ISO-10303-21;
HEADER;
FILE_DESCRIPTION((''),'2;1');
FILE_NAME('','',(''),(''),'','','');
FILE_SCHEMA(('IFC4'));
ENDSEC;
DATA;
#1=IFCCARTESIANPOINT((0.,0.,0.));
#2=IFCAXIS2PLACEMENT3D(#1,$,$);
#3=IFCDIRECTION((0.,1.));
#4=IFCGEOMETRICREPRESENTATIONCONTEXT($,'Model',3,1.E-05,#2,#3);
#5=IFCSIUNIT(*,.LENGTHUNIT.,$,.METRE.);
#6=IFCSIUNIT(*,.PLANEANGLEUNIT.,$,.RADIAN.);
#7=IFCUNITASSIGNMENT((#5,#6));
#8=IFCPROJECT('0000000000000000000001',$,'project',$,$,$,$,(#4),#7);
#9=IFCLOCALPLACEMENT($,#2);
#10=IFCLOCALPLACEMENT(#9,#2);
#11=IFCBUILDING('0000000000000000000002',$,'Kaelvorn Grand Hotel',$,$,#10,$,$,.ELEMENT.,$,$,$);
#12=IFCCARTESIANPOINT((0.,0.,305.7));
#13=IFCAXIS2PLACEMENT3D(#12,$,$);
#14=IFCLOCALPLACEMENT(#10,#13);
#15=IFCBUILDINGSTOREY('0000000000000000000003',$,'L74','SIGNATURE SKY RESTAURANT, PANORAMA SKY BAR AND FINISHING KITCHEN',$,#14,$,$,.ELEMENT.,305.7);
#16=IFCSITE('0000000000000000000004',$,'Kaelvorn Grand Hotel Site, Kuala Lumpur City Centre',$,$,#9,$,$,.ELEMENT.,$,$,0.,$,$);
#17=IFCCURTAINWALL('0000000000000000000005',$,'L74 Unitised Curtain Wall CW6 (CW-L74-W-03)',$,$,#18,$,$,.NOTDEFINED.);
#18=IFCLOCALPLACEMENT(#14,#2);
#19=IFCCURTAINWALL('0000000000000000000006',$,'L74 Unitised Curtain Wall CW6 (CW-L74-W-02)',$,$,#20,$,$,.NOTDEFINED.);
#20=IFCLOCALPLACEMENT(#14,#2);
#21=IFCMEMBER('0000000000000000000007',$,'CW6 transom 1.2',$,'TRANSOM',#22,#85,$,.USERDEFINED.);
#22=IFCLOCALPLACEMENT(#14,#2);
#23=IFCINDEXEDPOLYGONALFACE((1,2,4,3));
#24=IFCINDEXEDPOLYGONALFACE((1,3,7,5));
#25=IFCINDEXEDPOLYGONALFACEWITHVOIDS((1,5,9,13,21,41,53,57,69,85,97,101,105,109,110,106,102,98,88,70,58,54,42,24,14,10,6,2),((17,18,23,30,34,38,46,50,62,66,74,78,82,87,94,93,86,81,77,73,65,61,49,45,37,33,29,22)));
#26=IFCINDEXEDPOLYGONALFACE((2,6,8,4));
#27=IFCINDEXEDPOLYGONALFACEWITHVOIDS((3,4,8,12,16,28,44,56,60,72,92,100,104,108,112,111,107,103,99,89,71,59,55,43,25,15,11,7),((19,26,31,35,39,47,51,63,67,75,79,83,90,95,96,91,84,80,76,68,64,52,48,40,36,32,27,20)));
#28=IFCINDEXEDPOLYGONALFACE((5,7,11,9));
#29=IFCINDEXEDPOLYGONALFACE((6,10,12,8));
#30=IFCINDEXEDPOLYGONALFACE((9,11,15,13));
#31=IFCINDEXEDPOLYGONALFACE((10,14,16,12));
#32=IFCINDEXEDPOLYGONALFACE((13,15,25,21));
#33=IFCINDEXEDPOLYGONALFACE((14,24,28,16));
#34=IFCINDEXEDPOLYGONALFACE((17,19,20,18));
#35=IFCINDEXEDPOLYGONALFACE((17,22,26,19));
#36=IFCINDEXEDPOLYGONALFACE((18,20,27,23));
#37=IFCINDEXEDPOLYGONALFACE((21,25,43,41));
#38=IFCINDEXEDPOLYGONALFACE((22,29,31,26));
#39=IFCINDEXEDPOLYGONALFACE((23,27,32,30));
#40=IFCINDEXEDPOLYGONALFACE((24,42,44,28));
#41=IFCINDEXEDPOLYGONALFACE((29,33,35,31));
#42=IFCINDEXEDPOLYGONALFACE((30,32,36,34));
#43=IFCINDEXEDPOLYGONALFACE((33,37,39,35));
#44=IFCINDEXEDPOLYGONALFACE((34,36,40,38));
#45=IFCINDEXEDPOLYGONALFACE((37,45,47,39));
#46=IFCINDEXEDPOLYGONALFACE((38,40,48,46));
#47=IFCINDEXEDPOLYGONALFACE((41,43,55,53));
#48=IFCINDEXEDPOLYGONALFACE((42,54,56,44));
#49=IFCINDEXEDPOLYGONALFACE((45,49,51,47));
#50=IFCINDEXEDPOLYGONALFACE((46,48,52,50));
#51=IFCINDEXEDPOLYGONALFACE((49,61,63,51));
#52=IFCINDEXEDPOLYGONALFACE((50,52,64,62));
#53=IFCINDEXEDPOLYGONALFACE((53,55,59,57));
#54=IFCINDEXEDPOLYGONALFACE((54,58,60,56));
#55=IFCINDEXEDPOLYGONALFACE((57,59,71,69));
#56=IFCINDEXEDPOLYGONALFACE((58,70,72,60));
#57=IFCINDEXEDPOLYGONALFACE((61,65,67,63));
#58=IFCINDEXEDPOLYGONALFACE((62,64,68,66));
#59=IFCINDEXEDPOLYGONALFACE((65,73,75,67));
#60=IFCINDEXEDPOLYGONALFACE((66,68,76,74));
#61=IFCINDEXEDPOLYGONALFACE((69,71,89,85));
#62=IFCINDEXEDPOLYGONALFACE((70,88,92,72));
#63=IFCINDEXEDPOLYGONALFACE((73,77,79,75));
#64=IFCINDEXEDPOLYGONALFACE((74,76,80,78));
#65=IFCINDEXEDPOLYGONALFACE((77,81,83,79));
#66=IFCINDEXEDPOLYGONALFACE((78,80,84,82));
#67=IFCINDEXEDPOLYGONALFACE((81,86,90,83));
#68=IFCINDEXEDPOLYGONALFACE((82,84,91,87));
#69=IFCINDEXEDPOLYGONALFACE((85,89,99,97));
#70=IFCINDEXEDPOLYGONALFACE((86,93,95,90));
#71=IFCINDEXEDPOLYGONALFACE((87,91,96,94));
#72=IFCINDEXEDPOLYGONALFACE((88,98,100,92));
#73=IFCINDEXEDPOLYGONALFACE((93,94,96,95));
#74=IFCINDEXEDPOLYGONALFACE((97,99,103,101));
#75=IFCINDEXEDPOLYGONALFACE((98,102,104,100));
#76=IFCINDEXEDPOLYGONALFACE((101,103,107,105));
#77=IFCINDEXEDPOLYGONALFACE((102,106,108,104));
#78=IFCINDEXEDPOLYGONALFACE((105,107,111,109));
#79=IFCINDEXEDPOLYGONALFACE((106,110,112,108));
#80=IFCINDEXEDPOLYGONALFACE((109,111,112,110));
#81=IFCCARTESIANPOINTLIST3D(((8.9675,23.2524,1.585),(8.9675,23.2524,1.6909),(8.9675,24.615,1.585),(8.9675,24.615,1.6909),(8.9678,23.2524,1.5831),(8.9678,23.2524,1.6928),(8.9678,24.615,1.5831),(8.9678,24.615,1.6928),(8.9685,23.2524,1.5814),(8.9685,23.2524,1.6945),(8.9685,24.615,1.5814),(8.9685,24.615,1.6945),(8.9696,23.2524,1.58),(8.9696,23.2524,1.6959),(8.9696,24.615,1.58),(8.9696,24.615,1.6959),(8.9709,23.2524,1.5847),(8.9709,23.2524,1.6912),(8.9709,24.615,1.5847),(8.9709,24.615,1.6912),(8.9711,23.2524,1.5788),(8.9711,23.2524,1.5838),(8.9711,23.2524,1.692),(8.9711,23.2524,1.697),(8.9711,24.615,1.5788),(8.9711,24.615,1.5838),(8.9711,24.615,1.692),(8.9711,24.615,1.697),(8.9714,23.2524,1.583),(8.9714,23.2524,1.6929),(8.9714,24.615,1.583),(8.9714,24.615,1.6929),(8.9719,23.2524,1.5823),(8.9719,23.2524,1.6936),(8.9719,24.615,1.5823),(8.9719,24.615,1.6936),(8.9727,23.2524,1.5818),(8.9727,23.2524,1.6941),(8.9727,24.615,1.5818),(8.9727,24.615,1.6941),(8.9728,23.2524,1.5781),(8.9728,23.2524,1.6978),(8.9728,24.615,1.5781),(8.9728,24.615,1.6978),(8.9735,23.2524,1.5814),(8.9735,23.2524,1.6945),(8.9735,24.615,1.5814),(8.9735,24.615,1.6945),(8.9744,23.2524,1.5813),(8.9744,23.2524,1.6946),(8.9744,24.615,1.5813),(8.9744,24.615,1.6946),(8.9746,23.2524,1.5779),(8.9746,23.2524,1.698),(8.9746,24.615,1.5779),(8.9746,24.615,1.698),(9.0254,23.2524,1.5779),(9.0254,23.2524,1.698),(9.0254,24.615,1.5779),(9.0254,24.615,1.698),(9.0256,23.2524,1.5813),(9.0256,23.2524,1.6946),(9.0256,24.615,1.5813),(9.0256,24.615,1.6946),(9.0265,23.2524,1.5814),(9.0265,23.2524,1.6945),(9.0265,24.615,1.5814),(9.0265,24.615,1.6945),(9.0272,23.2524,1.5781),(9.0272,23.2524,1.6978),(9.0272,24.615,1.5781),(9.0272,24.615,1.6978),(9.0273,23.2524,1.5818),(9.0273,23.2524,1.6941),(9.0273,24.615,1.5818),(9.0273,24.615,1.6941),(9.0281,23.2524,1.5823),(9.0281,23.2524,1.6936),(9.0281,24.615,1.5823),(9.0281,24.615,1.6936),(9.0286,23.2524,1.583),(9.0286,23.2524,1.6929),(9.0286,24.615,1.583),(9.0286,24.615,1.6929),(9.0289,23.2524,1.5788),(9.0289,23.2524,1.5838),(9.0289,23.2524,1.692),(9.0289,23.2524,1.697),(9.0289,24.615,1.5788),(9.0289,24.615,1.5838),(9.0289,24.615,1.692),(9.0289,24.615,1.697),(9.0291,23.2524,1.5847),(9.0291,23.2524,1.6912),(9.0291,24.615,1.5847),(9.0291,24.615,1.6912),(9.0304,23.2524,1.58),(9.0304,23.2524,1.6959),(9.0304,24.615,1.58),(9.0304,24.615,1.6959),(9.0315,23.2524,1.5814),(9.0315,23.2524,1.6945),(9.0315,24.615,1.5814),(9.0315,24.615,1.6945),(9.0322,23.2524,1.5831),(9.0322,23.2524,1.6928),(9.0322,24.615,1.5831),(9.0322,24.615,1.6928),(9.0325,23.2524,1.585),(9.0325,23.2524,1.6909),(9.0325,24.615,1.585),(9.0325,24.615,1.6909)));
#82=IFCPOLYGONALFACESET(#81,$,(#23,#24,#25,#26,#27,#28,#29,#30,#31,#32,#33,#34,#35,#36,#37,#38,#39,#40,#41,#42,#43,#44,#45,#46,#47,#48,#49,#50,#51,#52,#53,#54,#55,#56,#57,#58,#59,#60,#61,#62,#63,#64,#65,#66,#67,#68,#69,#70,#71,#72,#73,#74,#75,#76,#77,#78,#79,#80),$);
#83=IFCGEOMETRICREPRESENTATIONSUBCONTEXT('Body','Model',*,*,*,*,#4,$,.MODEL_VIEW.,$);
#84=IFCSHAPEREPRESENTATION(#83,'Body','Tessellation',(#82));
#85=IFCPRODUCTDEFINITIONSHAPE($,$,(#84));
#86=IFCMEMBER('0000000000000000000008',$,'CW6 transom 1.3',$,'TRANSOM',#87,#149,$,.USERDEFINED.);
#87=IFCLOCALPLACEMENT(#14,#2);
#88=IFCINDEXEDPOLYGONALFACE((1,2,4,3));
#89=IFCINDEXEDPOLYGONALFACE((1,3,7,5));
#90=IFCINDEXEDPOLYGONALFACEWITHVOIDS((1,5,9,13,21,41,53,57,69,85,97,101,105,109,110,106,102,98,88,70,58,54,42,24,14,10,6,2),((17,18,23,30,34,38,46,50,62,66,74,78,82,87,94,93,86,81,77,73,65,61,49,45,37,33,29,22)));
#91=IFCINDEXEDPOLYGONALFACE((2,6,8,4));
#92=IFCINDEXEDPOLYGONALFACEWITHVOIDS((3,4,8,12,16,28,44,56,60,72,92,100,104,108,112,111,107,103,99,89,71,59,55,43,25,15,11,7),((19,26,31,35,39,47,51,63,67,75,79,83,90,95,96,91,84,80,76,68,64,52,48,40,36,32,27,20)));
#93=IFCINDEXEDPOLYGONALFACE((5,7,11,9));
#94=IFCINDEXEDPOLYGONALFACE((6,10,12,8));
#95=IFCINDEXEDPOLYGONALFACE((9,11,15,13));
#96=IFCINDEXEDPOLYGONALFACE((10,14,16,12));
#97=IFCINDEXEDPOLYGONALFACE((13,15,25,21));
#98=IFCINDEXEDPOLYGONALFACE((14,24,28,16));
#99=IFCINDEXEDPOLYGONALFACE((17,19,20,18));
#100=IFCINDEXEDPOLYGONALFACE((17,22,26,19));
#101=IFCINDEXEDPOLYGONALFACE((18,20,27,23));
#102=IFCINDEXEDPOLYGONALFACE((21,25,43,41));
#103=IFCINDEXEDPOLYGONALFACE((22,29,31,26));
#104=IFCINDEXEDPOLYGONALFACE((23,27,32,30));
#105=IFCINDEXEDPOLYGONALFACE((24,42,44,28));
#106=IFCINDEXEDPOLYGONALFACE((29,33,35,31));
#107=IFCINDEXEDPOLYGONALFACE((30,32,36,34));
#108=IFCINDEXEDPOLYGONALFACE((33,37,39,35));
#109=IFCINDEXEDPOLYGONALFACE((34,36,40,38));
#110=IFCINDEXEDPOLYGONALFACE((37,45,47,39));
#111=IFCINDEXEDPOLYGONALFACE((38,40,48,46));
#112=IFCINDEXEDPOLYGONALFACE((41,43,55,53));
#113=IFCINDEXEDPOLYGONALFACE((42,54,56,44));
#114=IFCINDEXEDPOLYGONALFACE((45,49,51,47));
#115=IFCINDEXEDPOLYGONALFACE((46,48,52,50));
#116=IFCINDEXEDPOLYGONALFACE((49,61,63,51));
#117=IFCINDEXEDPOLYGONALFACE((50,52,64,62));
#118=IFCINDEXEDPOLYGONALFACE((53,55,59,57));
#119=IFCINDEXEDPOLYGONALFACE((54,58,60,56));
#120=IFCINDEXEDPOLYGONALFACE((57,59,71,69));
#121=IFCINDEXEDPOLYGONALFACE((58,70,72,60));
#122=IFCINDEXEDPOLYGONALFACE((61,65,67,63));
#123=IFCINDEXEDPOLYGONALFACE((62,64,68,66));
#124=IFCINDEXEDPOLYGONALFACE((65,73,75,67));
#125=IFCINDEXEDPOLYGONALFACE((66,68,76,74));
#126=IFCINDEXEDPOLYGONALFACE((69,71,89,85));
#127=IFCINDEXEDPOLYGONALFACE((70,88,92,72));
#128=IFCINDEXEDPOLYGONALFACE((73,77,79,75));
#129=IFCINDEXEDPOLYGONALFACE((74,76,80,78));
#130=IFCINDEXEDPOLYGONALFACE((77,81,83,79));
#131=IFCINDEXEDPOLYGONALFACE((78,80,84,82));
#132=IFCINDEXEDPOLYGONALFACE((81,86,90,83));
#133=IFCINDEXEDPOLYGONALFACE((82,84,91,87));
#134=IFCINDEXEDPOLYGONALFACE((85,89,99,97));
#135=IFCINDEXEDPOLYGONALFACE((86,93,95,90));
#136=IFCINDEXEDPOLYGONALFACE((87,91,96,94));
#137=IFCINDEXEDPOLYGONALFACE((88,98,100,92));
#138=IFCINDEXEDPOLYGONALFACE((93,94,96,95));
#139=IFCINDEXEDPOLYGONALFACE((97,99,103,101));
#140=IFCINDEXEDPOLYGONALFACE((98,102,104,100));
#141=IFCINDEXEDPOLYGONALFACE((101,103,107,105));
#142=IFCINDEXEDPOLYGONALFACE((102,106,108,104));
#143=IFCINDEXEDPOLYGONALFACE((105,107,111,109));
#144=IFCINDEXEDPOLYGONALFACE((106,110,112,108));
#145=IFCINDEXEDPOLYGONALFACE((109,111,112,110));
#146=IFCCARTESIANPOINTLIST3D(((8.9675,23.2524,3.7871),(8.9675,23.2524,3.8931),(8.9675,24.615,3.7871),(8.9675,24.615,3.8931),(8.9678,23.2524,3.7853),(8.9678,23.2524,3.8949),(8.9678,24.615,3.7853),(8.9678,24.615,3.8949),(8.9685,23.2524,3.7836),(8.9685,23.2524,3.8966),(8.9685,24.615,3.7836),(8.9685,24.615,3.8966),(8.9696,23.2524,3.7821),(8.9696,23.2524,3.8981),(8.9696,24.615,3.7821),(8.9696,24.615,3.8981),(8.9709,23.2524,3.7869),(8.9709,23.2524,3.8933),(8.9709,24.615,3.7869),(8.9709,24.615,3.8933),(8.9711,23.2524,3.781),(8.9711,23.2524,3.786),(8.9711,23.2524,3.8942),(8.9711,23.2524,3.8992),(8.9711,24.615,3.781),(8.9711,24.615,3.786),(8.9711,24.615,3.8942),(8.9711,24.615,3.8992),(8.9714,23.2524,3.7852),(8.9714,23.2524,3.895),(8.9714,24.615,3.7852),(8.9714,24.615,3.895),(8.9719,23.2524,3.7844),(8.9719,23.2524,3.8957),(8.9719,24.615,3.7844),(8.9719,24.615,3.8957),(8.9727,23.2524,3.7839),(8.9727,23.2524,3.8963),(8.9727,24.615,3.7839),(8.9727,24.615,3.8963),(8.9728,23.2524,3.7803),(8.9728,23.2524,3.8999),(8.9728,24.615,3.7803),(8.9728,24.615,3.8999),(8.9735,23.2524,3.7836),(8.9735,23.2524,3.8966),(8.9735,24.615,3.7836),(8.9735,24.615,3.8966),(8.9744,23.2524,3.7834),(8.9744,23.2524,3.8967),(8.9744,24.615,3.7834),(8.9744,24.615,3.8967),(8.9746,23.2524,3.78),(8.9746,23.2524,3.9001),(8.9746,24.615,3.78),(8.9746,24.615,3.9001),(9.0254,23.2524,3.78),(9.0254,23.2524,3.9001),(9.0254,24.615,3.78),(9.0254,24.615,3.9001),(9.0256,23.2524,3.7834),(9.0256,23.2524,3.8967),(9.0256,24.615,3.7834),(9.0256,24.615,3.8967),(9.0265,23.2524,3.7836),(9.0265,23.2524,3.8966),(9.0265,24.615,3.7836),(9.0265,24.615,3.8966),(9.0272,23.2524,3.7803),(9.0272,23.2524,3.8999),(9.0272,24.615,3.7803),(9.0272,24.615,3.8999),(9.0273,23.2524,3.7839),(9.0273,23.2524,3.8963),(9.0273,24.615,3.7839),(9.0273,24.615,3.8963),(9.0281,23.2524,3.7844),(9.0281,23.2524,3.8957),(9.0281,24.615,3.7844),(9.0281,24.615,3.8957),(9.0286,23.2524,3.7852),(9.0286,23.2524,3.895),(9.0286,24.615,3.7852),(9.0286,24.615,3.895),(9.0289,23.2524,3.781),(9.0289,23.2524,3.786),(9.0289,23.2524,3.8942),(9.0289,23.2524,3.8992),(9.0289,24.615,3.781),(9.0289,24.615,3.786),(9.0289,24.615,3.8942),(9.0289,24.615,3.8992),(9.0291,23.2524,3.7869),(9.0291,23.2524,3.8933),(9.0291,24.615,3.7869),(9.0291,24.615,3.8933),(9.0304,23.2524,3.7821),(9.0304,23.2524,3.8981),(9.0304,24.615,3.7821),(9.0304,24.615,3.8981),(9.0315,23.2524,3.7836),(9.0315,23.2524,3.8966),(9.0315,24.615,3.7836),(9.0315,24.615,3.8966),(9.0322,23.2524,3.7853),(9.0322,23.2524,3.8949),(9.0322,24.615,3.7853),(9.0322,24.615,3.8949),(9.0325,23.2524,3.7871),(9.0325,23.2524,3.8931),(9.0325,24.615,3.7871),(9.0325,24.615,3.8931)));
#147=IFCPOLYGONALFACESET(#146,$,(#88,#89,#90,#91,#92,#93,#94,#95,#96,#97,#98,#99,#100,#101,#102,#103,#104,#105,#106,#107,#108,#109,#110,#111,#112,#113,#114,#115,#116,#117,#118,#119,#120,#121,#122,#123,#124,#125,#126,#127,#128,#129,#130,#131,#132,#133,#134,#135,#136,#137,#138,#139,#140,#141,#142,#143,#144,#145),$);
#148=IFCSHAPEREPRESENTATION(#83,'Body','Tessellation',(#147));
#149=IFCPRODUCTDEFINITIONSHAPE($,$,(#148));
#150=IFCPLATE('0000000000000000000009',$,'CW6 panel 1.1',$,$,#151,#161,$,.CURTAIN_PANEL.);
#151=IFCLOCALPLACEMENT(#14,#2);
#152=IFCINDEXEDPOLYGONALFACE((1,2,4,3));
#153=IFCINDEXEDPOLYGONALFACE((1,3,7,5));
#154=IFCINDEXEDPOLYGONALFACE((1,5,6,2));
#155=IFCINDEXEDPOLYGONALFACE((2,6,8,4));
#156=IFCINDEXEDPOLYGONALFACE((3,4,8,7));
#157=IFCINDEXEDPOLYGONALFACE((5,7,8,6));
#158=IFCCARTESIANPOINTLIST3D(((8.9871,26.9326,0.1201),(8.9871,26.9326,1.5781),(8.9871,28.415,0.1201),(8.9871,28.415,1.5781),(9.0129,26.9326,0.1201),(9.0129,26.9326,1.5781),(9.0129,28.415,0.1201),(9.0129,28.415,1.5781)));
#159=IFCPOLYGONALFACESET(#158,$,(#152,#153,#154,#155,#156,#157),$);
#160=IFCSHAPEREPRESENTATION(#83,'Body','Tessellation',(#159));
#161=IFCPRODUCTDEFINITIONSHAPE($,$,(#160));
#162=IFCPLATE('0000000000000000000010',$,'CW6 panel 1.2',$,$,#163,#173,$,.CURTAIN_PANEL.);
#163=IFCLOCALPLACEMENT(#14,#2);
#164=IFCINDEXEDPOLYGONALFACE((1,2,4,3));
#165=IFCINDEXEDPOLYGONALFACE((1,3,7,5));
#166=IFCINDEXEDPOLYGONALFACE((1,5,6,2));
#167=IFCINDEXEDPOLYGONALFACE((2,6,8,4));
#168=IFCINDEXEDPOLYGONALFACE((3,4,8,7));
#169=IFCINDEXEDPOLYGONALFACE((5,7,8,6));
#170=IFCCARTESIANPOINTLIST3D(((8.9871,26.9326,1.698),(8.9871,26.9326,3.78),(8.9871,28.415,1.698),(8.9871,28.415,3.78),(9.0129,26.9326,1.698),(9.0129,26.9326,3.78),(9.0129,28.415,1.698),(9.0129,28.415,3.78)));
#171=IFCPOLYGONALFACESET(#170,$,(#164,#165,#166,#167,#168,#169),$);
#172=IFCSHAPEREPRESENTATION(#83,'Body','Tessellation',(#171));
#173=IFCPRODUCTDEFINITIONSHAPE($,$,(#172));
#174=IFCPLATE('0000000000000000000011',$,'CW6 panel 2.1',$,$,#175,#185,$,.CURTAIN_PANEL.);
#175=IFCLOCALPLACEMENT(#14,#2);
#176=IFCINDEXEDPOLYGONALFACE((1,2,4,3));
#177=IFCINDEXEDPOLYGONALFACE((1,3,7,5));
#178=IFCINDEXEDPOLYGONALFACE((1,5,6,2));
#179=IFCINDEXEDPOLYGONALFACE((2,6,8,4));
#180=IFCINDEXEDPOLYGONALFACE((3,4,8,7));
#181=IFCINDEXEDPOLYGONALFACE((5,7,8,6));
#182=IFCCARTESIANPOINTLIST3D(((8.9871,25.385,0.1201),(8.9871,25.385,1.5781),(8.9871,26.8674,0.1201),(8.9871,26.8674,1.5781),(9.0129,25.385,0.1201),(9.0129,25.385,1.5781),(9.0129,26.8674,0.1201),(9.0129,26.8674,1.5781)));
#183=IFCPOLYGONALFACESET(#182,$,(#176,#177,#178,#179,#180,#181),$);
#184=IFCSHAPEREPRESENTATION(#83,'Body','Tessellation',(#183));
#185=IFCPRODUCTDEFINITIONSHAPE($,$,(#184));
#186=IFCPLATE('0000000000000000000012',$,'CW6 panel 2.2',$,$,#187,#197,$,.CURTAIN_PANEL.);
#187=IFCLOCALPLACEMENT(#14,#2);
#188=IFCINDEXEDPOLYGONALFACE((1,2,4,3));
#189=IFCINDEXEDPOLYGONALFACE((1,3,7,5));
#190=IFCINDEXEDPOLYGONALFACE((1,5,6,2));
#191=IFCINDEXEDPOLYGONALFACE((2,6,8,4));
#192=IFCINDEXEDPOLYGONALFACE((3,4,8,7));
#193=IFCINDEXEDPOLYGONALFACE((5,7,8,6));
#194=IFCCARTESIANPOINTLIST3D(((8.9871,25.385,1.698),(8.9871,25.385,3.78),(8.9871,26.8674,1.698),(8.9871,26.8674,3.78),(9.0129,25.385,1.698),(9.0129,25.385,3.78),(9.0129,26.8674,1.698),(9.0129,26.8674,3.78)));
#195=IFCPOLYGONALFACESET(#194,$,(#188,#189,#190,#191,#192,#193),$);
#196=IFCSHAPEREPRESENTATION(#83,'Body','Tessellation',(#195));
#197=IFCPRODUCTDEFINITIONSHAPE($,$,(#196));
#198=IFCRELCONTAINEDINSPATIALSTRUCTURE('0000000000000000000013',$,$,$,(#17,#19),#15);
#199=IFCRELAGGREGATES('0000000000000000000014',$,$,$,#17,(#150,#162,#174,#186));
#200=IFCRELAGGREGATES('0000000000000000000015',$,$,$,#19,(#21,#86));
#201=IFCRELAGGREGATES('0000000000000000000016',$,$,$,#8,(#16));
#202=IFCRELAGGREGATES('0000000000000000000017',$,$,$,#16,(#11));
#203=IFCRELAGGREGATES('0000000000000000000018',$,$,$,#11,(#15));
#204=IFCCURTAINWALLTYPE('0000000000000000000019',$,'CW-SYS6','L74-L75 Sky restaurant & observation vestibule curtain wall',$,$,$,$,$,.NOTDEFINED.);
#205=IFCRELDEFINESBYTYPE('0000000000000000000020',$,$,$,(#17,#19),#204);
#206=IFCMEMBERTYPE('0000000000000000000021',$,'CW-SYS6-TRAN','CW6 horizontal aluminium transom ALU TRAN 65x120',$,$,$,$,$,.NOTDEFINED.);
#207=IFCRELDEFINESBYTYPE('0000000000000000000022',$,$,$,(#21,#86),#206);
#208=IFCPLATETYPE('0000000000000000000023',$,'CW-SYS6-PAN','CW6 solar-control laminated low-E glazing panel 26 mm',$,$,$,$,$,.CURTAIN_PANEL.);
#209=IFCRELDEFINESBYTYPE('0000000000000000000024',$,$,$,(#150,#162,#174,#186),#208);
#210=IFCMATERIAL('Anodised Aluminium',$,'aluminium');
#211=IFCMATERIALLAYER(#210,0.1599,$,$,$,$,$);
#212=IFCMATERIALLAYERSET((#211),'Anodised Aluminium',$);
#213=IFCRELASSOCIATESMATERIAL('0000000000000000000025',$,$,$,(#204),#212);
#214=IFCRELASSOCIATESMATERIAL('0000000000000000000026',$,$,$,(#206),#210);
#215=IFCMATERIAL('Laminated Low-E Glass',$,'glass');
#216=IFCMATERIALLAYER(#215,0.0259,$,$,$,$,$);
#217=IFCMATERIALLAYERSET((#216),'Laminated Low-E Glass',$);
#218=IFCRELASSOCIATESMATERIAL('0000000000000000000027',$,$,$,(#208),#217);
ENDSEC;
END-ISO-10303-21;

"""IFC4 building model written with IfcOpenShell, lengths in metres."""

from ifc_helpers import new_model, si_unit, direction, frame, origin, origin_2d, place, context, subcontext, project, spatial, rectangle, hollow_rectangle, extrude, material, layer, layer_set, material_profile, profile_set, type_object, element, aggregate, save


model = new_model("IFC4")

# Units and contexts
model_context = context("Model", 3, precision=1e-05, world=origin(), true_north=direction((0.0, 1.0)))
body_context = subcontext(model_context, "Body", "Model", "MODEL_VIEW")
ifc_project = project(units=[si_unit("LENGTHUNIT", "METRE"), si_unit("PLANEANGLEUNIT", "RADIAN")], contexts=[model_context])

# Site, building, storey
site_placement = place(None, origin())
site = spatial("IfcSite", under=ifc_project, at=site_placement, Name="Kaelvorn Grand Hotel Site, Kuala Lumpur City Centre", CompositionType="ELEMENT", RefElevation=0.0)
building_placement = place(site_placement, origin())
building = spatial("IfcBuilding", under=site, at=building_placement, Name="Kaelvorn Grand Hotel", CompositionType="ELEMENT")
storey_placement = place(building_placement, frame((0.0, 0.0, 305.7)))
storey = spatial("IfcBuildingStorey", under=building, at=storey_placement, Name="L74", Description="SIGNATURE SKY RESTAURANT, PANORAMA SKY BAR AND FINISHING KITCHEN", CompositionType="ELEMENT", Elevation=305.7)

# Curtain walls
ifc_material_1 = material(Name="Anodised Aluminium", Category="aluminium")
ifc_layer_1 = layer(ifc_material_1, 0.1599)
ifc_layer_set_1 = layer_set([ifc_layer_1], Name="Anodised Aluminium")
curtain_wall_type = type_object("IfcCurtainWallType", Name="CW-SYS6", Description="L74-L75 Sky restaurant & observation vestibule curtain wall", PredefinedType="NOTDEFINED", material=ifc_layer_set_1)
curtain_wall_1_placement = place(storey_placement, origin())
curtain_wall_1 = element("IfcCurtainWall", 1, at=curtain_wall_1_placement, inside=storey, type_object=curtain_wall_type, Name="L74 Unitised Curtain Wall CW6 (CW-L74-W-03)", PredefinedType="NOTDEFINED")
curtain_wall_2_placement = place(storey_placement, origin())
curtain_wall_2 = element("IfcCurtainWall", 2, at=curtain_wall_2_placement, inside=storey, type_object=curtain_wall_type, Name="L74 Unitised Curtain Wall CW6 (CW-L74-W-02)", PredefinedType="NOTDEFINED")

# Members
ifc_material_profile_1 = material_profile(ifc_material_1, hollow_rectangle(XDim=0.0649, YDim=0.1201, WallThickness=0.0034, InnerFilletRadius=0.0034, OuterFilletRadius=0.0071, at=origin_2d()), Name="ALU TRAN 65x120")
ifc_profile_set_1 = profile_set([ifc_material_profile_1], Name="Anodised Aluminium")
member_type_1 = type_object("IfcMemberType", Name="CW-SYS6-TRAN", Description="CW6 horizontal aluminium transom ALU TRAN 65x120", PredefinedType="NOTDEFINED", material=ifc_profile_set_1)
member_1_placement = place(storey_placement, frame((9.0, 24.615, 1.6379), z_axis=(0.0, -1.0, 0.0), x_axis=(1.0, 0.0, 0.0)))
member_1 = element("IfcMember", 3, at=member_1_placement, type_object=member_type_1, Name="CW6 transom 1.2", ObjectType="TRANSOM", PredefinedType="USERDEFINED", context=body_context, shape_type="SweptSolid", body=[
    extrude(hollow_rectangle(XDim=0.0649, YDim=0.1201, WallThickness=0.0034, InnerFilletRadius=0.0034, OuterFilletRadius=0.0071, at=origin_2d()), origin(), (0.0, 0.0, 1.0), 1.3625),
])
member_2_placement = place(storey_placement, frame((9.0, 24.615, 3.8401), z_axis=(0.0, -1.0, 0.0), x_axis=(1.0, 0.0, 0.0)))
member_2 = element("IfcMember", 4, at=member_2_placement, type_object=member_type_1, Name="CW6 transom 1.3", ObjectType="TRANSOM", PredefinedType="USERDEFINED", context=body_context, shape_type="SweptSolid", body=[
    extrude(hollow_rectangle(XDim=0.0649, YDim=0.1201, WallThickness=0.0034, InnerFilletRadius=0.0034, OuterFilletRadius=0.0071, at=origin_2d()), origin(), (0.0, 0.0, 1.0), 1.3625),
])

# Plates
ifc_material_2 = material(Name="Laminated Low-E Glass", Category="glass")
ifc_layer_2 = layer(ifc_material_2, 0.0259)
ifc_layer_set_2 = layer_set([ifc_layer_2], Name="Laminated Low-E Glass")
plate_type = type_object("IfcPlateType", Name="CW-SYS6-PAN", Description="CW6 solar-control laminated low-E glazing panel 26 mm", PredefinedType="CURTAIN_PANEL", material=ifc_layer_set_2)
plate_1_placement = place(storey_placement, frame((9.0, 27.6738, 0.1201), z_axis=(0.0, 0.0, 1.0), x_axis=(0.0, -1.0, 0.0)))
plate_1 = element("IfcPlate", 5, at=plate_1_placement, type_object=plate_type, Name="CW6 panel 1.1", PredefinedType="CURTAIN_PANEL", context=body_context, shape_type="SweptSolid", body=[
    extrude(rectangle(XDim=1.4824, YDim=0.0259, at=origin_2d()), origin(), (0.0, 0.0, 1.0), 1.458),
])
plate_2_placement = place(storey_placement, frame((9.0, 27.6738, 1.698), z_axis=(0.0, 0.0, 1.0), x_axis=(0.0, -1.0, 0.0)))
plate_2 = element("IfcPlate", 6, at=plate_2_placement, type_object=plate_type, Name="CW6 panel 1.2", PredefinedType="CURTAIN_PANEL", context=body_context, shape_type="SweptSolid", body=[
    extrude(rectangle(XDim=1.4824, YDim=0.0259, at=origin_2d()), origin(), (0.0, 0.0, 1.0), 2.082),
])
plate_3_placement = place(storey_placement, frame((9.0, 26.1262, 0.1201), z_axis=(0.0, 0.0, 1.0), x_axis=(0.0, -1.0, 0.0)))
plate_3 = element("IfcPlate", 7, at=plate_3_placement, type_object=plate_type, Name="CW6 panel 2.1", PredefinedType="CURTAIN_PANEL", context=body_context, shape_type="SweptSolid", body=[
    extrude(rectangle(XDim=1.4824, YDim=0.0259, at=origin_2d()), origin(), (0.0, 0.0, 1.0), 1.458),
])
plate_4_placement = place(storey_placement, frame((9.0, 26.1262, 1.698), z_axis=(0.0, 0.0, 1.0), x_axis=(0.0, -1.0, 0.0)))
plate_4 = element("IfcPlate", 8, at=plate_4_placement, type_object=plate_type, Name="CW6 panel 2.2", PredefinedType="CURTAIN_PANEL", context=body_context, shape_type="SweptSolid", body=[
    extrude(rectangle(XDim=1.4824, YDim=0.0259, at=origin_2d()), origin(), (0.0, 0.0, 1.0), 2.082),
])
aggregate(curtain_wall_1, [plate_1, plate_2, plate_3, plate_4])
aggregate(curtain_wall_2, [member_1, member_2])

save(model, "model.ifc")
